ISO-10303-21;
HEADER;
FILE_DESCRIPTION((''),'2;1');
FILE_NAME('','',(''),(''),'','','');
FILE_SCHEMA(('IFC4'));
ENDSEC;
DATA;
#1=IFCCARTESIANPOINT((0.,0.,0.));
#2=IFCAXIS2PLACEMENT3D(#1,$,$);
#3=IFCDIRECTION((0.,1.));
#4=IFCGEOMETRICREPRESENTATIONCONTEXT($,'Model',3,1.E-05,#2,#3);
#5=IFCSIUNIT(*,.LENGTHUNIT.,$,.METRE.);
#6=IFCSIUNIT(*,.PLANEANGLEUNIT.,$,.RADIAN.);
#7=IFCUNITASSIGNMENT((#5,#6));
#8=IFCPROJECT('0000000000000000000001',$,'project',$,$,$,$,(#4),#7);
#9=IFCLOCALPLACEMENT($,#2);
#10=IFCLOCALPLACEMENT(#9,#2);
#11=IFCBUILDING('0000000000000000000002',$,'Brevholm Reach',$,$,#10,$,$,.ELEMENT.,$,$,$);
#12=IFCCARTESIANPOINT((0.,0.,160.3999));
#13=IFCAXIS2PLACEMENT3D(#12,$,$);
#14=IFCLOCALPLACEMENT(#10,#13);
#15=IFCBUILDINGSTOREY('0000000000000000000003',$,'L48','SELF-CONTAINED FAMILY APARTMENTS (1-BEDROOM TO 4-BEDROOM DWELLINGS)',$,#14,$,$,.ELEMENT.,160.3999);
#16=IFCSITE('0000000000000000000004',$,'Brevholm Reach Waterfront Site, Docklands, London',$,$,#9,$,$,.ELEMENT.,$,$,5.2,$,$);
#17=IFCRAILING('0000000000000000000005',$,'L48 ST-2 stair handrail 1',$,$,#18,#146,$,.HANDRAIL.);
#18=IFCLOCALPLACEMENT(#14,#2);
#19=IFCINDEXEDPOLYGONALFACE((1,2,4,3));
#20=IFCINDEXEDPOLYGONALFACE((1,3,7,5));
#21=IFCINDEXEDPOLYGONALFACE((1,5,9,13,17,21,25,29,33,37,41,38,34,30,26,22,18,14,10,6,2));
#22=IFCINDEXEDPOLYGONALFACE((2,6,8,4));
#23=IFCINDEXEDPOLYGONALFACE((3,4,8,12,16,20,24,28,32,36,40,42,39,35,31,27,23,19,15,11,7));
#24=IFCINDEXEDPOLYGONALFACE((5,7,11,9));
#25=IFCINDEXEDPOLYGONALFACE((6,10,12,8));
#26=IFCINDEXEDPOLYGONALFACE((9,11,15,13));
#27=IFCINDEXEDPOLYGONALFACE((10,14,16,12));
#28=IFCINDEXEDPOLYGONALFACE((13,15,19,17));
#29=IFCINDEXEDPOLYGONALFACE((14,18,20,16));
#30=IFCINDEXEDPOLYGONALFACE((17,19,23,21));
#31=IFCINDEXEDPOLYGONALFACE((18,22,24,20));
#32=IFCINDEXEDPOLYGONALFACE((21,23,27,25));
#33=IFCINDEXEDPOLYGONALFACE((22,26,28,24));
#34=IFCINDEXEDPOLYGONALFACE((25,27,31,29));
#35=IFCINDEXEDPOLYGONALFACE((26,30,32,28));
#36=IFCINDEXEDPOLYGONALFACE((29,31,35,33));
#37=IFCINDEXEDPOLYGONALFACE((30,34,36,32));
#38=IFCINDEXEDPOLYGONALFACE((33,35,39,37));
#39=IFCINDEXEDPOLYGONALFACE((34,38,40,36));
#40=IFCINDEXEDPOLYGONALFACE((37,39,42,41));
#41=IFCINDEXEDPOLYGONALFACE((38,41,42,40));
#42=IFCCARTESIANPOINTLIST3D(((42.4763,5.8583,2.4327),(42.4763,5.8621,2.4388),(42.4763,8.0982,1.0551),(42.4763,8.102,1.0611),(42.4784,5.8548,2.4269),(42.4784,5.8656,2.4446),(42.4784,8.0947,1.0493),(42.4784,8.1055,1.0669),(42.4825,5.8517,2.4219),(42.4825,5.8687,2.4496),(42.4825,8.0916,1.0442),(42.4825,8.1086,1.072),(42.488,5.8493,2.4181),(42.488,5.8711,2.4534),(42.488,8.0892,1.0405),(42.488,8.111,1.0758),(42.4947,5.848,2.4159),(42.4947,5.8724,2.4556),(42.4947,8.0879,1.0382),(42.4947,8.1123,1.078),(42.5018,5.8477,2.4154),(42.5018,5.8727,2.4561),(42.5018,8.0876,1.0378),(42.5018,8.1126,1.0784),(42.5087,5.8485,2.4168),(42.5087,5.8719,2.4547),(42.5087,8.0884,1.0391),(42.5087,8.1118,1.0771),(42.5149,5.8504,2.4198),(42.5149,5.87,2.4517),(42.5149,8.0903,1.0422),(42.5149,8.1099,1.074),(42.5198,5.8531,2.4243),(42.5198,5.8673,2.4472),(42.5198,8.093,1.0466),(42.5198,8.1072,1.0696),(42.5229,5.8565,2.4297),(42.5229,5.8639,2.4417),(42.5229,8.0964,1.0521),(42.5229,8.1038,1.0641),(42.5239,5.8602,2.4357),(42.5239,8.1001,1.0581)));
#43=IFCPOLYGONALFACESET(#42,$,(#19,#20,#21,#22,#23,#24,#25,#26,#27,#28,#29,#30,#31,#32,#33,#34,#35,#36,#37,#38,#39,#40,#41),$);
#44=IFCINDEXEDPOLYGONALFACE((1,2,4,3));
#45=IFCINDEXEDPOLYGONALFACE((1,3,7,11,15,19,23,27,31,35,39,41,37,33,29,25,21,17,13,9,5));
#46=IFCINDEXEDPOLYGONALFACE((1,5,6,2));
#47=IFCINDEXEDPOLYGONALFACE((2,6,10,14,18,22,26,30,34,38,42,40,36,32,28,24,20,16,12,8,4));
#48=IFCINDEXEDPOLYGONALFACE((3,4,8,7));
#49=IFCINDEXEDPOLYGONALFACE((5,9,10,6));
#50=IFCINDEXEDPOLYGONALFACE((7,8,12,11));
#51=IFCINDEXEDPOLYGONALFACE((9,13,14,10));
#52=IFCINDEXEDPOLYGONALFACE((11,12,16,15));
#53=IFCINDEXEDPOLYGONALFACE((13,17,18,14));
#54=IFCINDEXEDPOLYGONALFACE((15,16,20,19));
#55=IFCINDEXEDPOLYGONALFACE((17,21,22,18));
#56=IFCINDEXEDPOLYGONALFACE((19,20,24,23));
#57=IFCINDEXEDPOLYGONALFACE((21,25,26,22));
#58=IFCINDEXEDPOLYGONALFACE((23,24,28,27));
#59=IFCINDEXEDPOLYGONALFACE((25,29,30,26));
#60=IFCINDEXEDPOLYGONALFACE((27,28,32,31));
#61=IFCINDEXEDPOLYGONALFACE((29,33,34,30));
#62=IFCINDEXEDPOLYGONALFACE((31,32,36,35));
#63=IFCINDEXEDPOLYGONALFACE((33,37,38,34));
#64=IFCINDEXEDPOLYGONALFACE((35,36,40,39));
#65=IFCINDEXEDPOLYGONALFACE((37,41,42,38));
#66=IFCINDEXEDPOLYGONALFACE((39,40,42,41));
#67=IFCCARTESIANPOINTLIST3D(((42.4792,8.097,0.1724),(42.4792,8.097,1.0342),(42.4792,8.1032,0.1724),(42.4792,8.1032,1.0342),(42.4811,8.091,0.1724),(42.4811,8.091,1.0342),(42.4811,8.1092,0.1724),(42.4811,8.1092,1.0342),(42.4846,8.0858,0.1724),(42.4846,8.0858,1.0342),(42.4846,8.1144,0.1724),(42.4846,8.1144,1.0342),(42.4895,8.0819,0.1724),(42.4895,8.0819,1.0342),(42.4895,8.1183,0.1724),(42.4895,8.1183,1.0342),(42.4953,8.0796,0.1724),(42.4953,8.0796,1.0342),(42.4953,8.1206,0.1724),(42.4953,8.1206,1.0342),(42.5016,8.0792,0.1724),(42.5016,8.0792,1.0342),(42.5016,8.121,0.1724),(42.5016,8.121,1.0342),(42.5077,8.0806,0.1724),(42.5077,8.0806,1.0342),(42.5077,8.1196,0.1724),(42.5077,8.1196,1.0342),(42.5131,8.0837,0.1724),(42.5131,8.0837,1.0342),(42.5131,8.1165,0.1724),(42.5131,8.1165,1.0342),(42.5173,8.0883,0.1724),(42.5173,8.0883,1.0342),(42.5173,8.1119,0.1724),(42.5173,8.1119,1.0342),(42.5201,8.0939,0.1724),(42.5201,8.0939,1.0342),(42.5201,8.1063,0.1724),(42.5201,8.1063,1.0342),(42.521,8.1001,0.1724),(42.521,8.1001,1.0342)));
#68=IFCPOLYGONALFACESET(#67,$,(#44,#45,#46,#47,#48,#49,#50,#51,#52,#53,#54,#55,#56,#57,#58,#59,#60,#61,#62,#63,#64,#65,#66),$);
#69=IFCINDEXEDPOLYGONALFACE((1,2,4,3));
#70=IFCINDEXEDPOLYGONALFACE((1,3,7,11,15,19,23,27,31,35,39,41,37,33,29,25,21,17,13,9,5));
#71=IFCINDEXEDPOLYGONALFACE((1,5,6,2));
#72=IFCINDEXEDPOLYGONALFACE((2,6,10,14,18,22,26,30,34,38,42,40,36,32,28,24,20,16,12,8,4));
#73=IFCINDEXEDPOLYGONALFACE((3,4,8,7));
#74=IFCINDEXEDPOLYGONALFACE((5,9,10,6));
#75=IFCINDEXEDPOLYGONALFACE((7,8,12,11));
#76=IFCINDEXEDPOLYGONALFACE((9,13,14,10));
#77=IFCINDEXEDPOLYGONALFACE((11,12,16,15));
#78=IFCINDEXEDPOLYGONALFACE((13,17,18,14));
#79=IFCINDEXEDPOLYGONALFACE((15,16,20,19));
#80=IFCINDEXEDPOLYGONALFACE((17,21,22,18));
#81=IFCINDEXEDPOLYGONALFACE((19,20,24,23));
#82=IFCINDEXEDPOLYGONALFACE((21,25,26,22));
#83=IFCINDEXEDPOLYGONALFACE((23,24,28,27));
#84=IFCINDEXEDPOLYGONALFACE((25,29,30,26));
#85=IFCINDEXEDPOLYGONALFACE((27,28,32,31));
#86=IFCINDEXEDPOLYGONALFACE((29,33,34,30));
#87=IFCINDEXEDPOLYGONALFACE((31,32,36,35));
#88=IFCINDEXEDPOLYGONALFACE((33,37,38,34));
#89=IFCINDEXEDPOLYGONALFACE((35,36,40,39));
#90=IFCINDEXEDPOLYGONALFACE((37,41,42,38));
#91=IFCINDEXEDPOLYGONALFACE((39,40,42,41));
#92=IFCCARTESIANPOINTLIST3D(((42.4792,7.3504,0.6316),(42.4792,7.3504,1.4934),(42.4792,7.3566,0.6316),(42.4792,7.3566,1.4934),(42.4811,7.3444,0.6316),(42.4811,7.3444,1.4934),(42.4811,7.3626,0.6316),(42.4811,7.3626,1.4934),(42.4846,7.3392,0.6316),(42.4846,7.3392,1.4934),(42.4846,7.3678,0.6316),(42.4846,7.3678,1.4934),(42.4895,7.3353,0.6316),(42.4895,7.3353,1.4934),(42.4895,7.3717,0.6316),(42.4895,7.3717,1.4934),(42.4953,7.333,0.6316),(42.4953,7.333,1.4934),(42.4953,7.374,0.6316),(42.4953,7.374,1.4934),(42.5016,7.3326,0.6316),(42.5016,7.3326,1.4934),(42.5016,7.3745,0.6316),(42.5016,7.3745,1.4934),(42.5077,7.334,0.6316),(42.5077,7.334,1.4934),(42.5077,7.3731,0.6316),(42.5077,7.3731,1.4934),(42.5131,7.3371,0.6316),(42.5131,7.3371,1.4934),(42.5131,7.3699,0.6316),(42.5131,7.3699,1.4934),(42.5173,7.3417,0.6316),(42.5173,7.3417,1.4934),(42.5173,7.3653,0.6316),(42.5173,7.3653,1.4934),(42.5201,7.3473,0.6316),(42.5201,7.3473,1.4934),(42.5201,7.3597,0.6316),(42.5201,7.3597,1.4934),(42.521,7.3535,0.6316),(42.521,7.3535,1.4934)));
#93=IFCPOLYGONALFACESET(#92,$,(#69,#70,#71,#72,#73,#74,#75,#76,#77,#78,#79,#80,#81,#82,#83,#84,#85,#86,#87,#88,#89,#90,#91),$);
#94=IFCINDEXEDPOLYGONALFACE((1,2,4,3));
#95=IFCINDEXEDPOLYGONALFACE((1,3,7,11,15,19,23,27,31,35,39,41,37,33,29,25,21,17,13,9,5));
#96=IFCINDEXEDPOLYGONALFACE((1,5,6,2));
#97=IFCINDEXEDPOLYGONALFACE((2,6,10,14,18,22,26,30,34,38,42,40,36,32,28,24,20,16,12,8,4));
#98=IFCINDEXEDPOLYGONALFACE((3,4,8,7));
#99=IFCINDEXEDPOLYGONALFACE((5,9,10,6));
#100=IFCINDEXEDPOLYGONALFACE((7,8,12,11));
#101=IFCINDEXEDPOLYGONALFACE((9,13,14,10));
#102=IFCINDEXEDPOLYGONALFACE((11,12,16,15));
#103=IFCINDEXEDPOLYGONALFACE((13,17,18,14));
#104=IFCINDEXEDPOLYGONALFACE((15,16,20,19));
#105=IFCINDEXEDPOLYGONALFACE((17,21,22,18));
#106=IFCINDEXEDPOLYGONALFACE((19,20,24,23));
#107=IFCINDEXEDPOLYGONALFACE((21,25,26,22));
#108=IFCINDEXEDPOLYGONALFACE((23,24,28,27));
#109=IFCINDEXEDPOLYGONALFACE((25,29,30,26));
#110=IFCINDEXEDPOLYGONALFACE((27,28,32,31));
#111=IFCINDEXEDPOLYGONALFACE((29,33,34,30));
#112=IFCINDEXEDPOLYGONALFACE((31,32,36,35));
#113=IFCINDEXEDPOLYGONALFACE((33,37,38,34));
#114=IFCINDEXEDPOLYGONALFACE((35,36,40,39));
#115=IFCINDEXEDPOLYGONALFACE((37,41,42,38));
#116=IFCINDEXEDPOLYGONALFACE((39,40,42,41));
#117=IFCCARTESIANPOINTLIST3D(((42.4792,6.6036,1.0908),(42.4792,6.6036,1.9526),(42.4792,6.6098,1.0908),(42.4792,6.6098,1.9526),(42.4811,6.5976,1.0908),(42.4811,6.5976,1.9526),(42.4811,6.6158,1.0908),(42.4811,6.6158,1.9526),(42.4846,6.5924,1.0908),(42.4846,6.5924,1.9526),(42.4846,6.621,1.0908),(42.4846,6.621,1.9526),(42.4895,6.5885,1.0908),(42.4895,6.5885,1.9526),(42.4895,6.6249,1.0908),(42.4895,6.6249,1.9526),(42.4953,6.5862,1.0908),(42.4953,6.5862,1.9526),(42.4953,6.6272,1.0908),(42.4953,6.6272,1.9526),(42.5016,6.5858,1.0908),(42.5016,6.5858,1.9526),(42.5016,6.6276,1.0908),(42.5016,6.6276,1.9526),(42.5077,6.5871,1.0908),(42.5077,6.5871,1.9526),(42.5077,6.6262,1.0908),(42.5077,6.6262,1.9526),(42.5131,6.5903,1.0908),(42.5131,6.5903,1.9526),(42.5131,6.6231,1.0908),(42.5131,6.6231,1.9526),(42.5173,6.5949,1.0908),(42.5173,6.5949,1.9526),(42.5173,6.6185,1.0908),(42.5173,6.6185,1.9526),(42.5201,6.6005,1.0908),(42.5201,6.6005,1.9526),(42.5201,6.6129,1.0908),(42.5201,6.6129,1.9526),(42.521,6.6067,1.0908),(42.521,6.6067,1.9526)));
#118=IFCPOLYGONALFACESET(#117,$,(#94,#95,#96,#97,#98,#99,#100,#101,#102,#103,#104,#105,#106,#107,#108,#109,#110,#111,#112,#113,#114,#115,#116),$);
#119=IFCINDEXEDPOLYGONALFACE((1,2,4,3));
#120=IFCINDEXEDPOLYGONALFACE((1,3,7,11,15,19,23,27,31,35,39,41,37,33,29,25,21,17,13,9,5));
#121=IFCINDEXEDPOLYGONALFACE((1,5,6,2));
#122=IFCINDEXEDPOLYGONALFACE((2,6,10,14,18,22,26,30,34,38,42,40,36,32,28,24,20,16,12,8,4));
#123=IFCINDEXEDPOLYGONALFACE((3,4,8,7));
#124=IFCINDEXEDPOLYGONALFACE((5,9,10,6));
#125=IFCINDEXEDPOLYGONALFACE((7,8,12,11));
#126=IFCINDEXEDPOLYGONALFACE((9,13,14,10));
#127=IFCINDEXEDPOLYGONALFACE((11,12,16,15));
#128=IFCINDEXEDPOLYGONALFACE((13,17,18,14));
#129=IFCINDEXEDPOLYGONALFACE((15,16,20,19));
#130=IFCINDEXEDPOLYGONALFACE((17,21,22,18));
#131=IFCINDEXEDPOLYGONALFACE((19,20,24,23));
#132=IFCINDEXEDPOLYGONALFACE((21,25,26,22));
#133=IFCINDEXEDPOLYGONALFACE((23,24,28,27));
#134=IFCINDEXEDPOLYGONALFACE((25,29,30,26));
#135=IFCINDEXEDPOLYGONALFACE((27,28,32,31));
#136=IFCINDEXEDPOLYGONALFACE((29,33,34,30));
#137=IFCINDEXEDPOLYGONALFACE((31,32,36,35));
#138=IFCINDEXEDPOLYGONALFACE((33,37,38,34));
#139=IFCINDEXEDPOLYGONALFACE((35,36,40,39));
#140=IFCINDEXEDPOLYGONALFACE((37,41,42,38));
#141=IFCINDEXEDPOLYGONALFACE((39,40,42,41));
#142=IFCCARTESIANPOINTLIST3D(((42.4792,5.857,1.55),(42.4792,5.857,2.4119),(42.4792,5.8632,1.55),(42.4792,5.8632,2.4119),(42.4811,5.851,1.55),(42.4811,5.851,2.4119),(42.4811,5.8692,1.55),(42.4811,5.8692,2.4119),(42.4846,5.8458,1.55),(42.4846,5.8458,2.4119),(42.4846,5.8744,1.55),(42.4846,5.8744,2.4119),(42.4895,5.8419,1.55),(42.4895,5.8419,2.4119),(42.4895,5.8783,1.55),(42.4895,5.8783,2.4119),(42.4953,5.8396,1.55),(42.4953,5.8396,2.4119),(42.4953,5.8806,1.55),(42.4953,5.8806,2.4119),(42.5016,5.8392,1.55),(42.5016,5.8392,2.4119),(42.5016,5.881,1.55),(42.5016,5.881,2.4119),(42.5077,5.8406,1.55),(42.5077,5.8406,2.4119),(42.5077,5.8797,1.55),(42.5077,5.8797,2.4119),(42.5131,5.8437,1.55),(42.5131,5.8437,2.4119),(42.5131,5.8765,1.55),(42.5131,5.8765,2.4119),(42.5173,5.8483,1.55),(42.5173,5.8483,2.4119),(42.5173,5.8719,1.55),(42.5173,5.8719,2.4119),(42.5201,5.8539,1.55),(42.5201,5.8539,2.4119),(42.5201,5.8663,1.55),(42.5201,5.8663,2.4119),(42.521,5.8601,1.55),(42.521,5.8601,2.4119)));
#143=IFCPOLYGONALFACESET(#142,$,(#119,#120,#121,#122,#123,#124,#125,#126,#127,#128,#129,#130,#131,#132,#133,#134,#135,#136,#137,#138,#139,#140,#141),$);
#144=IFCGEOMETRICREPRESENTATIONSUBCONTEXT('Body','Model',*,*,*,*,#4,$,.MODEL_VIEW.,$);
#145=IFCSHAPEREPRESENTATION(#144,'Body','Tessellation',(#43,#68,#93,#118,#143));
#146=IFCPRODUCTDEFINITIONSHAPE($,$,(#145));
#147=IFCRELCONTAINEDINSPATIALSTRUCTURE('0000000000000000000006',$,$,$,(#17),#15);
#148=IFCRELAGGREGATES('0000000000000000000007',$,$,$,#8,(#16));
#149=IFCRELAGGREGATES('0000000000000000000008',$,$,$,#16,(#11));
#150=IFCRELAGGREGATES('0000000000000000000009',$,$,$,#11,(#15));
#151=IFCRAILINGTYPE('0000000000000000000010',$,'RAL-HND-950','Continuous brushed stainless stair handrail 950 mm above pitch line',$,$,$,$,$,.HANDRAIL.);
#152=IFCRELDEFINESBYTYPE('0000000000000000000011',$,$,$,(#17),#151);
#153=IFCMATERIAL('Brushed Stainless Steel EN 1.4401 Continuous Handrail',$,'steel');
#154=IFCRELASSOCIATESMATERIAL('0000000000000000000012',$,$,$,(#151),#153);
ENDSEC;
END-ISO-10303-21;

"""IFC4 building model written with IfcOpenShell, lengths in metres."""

from ifc_helpers import new_model, si_unit, direction, frame, origin, origin_2d, place, context, subcontext, project, spatial, circle, extrude, material, type_object, element, save


model = new_model("IFC4")

# Units and contexts
model_context = context("Model", 3, precision=1e-05, world=origin(), true_north=direction((0.0, 1.0)))
body_context = subcontext(model_context, "Body", "Model", "MODEL_VIEW")
ifc_project = project(units=[si_unit("LENGTHUNIT", "METRE"), si_unit("PLANEANGLEUNIT", "RADIAN")], contexts=[model_context])

# Site, building, storey
site_placement = place(None, origin())
site = spatial("IfcSite", under=ifc_project, at=site_placement, Name="Brevholm Reach Waterfront Site, Docklands, London", CompositionType="ELEMENT", RefElevation=5.2)
building_placement = place(site_placement, origin())
building = spatial("IfcBuilding", under=site, at=building_placement, Name="Brevholm Reach", CompositionType="ELEMENT")
storey_placement = place(building_placement, frame((0.0, 0.0, 160.3999)))
storey = spatial("IfcBuildingStorey", under=building, at=storey_placement, Name="L48", Description="SELF-CONTAINED FAMILY APARTMENTS (1-BEDROOM TO 4-BEDROOM DWELLINGS)", CompositionType="ELEMENT", Elevation=160.3999)

# Railing
ifc_material_1 = material(Name="Brushed Stainless Steel EN 1.4401 Continuous Handrail", Category="steel")
railing_type_1 = type_object("IfcRailingType", Name="RAL-HND-950", Description="Continuous brushed stainless stair handrail 950 mm above pitch line", PredefinedType="HANDRAIL", material=ifc_material_1)
railing_1_placement = place(storey_placement, frame((42.5, 8.1001, 0.1724)))
element("IfcRailing", 1, at=railing_1_placement, inside=storey, type_object=railing_type_1, Name="L48 ST-2 stair handrail 1", PredefinedType="HANDRAIL", context=body_context, shape_type="SweptSolid", body=[
    extrude(circle(Radius=0.0239, at=origin_2d()), frame((0.0, 0.0, 0.8857), z_axis=(0.0, -0.851789, 0.523885), x_axis=(1.0, 0.0, 0.0)), (0.0, 0.0, 1.0), 2.6296),
    extrude(circle(Radius=0.021, at=origin_2d()), origin(), (0.0, 0.0, 1.0), 0.8618),
    extrude(circle(Radius=0.021, at=origin_2d()), frame((0.0, -0.7466, 0.4592)), (0.0, 0.0, 1.0), 0.8618),
    extrude(circle(Radius=0.021, at=origin_2d()), frame((0.0, -1.4934, 0.9185)), (0.0, 0.0, 1.0), 0.8618),
    extrude(circle(Radius=0.021, at=origin_2d()), frame((0.0, -2.24, 1.3777)), (0.0, 0.0, 1.0), 0.8618),
])

save(model, "model.ifc")
